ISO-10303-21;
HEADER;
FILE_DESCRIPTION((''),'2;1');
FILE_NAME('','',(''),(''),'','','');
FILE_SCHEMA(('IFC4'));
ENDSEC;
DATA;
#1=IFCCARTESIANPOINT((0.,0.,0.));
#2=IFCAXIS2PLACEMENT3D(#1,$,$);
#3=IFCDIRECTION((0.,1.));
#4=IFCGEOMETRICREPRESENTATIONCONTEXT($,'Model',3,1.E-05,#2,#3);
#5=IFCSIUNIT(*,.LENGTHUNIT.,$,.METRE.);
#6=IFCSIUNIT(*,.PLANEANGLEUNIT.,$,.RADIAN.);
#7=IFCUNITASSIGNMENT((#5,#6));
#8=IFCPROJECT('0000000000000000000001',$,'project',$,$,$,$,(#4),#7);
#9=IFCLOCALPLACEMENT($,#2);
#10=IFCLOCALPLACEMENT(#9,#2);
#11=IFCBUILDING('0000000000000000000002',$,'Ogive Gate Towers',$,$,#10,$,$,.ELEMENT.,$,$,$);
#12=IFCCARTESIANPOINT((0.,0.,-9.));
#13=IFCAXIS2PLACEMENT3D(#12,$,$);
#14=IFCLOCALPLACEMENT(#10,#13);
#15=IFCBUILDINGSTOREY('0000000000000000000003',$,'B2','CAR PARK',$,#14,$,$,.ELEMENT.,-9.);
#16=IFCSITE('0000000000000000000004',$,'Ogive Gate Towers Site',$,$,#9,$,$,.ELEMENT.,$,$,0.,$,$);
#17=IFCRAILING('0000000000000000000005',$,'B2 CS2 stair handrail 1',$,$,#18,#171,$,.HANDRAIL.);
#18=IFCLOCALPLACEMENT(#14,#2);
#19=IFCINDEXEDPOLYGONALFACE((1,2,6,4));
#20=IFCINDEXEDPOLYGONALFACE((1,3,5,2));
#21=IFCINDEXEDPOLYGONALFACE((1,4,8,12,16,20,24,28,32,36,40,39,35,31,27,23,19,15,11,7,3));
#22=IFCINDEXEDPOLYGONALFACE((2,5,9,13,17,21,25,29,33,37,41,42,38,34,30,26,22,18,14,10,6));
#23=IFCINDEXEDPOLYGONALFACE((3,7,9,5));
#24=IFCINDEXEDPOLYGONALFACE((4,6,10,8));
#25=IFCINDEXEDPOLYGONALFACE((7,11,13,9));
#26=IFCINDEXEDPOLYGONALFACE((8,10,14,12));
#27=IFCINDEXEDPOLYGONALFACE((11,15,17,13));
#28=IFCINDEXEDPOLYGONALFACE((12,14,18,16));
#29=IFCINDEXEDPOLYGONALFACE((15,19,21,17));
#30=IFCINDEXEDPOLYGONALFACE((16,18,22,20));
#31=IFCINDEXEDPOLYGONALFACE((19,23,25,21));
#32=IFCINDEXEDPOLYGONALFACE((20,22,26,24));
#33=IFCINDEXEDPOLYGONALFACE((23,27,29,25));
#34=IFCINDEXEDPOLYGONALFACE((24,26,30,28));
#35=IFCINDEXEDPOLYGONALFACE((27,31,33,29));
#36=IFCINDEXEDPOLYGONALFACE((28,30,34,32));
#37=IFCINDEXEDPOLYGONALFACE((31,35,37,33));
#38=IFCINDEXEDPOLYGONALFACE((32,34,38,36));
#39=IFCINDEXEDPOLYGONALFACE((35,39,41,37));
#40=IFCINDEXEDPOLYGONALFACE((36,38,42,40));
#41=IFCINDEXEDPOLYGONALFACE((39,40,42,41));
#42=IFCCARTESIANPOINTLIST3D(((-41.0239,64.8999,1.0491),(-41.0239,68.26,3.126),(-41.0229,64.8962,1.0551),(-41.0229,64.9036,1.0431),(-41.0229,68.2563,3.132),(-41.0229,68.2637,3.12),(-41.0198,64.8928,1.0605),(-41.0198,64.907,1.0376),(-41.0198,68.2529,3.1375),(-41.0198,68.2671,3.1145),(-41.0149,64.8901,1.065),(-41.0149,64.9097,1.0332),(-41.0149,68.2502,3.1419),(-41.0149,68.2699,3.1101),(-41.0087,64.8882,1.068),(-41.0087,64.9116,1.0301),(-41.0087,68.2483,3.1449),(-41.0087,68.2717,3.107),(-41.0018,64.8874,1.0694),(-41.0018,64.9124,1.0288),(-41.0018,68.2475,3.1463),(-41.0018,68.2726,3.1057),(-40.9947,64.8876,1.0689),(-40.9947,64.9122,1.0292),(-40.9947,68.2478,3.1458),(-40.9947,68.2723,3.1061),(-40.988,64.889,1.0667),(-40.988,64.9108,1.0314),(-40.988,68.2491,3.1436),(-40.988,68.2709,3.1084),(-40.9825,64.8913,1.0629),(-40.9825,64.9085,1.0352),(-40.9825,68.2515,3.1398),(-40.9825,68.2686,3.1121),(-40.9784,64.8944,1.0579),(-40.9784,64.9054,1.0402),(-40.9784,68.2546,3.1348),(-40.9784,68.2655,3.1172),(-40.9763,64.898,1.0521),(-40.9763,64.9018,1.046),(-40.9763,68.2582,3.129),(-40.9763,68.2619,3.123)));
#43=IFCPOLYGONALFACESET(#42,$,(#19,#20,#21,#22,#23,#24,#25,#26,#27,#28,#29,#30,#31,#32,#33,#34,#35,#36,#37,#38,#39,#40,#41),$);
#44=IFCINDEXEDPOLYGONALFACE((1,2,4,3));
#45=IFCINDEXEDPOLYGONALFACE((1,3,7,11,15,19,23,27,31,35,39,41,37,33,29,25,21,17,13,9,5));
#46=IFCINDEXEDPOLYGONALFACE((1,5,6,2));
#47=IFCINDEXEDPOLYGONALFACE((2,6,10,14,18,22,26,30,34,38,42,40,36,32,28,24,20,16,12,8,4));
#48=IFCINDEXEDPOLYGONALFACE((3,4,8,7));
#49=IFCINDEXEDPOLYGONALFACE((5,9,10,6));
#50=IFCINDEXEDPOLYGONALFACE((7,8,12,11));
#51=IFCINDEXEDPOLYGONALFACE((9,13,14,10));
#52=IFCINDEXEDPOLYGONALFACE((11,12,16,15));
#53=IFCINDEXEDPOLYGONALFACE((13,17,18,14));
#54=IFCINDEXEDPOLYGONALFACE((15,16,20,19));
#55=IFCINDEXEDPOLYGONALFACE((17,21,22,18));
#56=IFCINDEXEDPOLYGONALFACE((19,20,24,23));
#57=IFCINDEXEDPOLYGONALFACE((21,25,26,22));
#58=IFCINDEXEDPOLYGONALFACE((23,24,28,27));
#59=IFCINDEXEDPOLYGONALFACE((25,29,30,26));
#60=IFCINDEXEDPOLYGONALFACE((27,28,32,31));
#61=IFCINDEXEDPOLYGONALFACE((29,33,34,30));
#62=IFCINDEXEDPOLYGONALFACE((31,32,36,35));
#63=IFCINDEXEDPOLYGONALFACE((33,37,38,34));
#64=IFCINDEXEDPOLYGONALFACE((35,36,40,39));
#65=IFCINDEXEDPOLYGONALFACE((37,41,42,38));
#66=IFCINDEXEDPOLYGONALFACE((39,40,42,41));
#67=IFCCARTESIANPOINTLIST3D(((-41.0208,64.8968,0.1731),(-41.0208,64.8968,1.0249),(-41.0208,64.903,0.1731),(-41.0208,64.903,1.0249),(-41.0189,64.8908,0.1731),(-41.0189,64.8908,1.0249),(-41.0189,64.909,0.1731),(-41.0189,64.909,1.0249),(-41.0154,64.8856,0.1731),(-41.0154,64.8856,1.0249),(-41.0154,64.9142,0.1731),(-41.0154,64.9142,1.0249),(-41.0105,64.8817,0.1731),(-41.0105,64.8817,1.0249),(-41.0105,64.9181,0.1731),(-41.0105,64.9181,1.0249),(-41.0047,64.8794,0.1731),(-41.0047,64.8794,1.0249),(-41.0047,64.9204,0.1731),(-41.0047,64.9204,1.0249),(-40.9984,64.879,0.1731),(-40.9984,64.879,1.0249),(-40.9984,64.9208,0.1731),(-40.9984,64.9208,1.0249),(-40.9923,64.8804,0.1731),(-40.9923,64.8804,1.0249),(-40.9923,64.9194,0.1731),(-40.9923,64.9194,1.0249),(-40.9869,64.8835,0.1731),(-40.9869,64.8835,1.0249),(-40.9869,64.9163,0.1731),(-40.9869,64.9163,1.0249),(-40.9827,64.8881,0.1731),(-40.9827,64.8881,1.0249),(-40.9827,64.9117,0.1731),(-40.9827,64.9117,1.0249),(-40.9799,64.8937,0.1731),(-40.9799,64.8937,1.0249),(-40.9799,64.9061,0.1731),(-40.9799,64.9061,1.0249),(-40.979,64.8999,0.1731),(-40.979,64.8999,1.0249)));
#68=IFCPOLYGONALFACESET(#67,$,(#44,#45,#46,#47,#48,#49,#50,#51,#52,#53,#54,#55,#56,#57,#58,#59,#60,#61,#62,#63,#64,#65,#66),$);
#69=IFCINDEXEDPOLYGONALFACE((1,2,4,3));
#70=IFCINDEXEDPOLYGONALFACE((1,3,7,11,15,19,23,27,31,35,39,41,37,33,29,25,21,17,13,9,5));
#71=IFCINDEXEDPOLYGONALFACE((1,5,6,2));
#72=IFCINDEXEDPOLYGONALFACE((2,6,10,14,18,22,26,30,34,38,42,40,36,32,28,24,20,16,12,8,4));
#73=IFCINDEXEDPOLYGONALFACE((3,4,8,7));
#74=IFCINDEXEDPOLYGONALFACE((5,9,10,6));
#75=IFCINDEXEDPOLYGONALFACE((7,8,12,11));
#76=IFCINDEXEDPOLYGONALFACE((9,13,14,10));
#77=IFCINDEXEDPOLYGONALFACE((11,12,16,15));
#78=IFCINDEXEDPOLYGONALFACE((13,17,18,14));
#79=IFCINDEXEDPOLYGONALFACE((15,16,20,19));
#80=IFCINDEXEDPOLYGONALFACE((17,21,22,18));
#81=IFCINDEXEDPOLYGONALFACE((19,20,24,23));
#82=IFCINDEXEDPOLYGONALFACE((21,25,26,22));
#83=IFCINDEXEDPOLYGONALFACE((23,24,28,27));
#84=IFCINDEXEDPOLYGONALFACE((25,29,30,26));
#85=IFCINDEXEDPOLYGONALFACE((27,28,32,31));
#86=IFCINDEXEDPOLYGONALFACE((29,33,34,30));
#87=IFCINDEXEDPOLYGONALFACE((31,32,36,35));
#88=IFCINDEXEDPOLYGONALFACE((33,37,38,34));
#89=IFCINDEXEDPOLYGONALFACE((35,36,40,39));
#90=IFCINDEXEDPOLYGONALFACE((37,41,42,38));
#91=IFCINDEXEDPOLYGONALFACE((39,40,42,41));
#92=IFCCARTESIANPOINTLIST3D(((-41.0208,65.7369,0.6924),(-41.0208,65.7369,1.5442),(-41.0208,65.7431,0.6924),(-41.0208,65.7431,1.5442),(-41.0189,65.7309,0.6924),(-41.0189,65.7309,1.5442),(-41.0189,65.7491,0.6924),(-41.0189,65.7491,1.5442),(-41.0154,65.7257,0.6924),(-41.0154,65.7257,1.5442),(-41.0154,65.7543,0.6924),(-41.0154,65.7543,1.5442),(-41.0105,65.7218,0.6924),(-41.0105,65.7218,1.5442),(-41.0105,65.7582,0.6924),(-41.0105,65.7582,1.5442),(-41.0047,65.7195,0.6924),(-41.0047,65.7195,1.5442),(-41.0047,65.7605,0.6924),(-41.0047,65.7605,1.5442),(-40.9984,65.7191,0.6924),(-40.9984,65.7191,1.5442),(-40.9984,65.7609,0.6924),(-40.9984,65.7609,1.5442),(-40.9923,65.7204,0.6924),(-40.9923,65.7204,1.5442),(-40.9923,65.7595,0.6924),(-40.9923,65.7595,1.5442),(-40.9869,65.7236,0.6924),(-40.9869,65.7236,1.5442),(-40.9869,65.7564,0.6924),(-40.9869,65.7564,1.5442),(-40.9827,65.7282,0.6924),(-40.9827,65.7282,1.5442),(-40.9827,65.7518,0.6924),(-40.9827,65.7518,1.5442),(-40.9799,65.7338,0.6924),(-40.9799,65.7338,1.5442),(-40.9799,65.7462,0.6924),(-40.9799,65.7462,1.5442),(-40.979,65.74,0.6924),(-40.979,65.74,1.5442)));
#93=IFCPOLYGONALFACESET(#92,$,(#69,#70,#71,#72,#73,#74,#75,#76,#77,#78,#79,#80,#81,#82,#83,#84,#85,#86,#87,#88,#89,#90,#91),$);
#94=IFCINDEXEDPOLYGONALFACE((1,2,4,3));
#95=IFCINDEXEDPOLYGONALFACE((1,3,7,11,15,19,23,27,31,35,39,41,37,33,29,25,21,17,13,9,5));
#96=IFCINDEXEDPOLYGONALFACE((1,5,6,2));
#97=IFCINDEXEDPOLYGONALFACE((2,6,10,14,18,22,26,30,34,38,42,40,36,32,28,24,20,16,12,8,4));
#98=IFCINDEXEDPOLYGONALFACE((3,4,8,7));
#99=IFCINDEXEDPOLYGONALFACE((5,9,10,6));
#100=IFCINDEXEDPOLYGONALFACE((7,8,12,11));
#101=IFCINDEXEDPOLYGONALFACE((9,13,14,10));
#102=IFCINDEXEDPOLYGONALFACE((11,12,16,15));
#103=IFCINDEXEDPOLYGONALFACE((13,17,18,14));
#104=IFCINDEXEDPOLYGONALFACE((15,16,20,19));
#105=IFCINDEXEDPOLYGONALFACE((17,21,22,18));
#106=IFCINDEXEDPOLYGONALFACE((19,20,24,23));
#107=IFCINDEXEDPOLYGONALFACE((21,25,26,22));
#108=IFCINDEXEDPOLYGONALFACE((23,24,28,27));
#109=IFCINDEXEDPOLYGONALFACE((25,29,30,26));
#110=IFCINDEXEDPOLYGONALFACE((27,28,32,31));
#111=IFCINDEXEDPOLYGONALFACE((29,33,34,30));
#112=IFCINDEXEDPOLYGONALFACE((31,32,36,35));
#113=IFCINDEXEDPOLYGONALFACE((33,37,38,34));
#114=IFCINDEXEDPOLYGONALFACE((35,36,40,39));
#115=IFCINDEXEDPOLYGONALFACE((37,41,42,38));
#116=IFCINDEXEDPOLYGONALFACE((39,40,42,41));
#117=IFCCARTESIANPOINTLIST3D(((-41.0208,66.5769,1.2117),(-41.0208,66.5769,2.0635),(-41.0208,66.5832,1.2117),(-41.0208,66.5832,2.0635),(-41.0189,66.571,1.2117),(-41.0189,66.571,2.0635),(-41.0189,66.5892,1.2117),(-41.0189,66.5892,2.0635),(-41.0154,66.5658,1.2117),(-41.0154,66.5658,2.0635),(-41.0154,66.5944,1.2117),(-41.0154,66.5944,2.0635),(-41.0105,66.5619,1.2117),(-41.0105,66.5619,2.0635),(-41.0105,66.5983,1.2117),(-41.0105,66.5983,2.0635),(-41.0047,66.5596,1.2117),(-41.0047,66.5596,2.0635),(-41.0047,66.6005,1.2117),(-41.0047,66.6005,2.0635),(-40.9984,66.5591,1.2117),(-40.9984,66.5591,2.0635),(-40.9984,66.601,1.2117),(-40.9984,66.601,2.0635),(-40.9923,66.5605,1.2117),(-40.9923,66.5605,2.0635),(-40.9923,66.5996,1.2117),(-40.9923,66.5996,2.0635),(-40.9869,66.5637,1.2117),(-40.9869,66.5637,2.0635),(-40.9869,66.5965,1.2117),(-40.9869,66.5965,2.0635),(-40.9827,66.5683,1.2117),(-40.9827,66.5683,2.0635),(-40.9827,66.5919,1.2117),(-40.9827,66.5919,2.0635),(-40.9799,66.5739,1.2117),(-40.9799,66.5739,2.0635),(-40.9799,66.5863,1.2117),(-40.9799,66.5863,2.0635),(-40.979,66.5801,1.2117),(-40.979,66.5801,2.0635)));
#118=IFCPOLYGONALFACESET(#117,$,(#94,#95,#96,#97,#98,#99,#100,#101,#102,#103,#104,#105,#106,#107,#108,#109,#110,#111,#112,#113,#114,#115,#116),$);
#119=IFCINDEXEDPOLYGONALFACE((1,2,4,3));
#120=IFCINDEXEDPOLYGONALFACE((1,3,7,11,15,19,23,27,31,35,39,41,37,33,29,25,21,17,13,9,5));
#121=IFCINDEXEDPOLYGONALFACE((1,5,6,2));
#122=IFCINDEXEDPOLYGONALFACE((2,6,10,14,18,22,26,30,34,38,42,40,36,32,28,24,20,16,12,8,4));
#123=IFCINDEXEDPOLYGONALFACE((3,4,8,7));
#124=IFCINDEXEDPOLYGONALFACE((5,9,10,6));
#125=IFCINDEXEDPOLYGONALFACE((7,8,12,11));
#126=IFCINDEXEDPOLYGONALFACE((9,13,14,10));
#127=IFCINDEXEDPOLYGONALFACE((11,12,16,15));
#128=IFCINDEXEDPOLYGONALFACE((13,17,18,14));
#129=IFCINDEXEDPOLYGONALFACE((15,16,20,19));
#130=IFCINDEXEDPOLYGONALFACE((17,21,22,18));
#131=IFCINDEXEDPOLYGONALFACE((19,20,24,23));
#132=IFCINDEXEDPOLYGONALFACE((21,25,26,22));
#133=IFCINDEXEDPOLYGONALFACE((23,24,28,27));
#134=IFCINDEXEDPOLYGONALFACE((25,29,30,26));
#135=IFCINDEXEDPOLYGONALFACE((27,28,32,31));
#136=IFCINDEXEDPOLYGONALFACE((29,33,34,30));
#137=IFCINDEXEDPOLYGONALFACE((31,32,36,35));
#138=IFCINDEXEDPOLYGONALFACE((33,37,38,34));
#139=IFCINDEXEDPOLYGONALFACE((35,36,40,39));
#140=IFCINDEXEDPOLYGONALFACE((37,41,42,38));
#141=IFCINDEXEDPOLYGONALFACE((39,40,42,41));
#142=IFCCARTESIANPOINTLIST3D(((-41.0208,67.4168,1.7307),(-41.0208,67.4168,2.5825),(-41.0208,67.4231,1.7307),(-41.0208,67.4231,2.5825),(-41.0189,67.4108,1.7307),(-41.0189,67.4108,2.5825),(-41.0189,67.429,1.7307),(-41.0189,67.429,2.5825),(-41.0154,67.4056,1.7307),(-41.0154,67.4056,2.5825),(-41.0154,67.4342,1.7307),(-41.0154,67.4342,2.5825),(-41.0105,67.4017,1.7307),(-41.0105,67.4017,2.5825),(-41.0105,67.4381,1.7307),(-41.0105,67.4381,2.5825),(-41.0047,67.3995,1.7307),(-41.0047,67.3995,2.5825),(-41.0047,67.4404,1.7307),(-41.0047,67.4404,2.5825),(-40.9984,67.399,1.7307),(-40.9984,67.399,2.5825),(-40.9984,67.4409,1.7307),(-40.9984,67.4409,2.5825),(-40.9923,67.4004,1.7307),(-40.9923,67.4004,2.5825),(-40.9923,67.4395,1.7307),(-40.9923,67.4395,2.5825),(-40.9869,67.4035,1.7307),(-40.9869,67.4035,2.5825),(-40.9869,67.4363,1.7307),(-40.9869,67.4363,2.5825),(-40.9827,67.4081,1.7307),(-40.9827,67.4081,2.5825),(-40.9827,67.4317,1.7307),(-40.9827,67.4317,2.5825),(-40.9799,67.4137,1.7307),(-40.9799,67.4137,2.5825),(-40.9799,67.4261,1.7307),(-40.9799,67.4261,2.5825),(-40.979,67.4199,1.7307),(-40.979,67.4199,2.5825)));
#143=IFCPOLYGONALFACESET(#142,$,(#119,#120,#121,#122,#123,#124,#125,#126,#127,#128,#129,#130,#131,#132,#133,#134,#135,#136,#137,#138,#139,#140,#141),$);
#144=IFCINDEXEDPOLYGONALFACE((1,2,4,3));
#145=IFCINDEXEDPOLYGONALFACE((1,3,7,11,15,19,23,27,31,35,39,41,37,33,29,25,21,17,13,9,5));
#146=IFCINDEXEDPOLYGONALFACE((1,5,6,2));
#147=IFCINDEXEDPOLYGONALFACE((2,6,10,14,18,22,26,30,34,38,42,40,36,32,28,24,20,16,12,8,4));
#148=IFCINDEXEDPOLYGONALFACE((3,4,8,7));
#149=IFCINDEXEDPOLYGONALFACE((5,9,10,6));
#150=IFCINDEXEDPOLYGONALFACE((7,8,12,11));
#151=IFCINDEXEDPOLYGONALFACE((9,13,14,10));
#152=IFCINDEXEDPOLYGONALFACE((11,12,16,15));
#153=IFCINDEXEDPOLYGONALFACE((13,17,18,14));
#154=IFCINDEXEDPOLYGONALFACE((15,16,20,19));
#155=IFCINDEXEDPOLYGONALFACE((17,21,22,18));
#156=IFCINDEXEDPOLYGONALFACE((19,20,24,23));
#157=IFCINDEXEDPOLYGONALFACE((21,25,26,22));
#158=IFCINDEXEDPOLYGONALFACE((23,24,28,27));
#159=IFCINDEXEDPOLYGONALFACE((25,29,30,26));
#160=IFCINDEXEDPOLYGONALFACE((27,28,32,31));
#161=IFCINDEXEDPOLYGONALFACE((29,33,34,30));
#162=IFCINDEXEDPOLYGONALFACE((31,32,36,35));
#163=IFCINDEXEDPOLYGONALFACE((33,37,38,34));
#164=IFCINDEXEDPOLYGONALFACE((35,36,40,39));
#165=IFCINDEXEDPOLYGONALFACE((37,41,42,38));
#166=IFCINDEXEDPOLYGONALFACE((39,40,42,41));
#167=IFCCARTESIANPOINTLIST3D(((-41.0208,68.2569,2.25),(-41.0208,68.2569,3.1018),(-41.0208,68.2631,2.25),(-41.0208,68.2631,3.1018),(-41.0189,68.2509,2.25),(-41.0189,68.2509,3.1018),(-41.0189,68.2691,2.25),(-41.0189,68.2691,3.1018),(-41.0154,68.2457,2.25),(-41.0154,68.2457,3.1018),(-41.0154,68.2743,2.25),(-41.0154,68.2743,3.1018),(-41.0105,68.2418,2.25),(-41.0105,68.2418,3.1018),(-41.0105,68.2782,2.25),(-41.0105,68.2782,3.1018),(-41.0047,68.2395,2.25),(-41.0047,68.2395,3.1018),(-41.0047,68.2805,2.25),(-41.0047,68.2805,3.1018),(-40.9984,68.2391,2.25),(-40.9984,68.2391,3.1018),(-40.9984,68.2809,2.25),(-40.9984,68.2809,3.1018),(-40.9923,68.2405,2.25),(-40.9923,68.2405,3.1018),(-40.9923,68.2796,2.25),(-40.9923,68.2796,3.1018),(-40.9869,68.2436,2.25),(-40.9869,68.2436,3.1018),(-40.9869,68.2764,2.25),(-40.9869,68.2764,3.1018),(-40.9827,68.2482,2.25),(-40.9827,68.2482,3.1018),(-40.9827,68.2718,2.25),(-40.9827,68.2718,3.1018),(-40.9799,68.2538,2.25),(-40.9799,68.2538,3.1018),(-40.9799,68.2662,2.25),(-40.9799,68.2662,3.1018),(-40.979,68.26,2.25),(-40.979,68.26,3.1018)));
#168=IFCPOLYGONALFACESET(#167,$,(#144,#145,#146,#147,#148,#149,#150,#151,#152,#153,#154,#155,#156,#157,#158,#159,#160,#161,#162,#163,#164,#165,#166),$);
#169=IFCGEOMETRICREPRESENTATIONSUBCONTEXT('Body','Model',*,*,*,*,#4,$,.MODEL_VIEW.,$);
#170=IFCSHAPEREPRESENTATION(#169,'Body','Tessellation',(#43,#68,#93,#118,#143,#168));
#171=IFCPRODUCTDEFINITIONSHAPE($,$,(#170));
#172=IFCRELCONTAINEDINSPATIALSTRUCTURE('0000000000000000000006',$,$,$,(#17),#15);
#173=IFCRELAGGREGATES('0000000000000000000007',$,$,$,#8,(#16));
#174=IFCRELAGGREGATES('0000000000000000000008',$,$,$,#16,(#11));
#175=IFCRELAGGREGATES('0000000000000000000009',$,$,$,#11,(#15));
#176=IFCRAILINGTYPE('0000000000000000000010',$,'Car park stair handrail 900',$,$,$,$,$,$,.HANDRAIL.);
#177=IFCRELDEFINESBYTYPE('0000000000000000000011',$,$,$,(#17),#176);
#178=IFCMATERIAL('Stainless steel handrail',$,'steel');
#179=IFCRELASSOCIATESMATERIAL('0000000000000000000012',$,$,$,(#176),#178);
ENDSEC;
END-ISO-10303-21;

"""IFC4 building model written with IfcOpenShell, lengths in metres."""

from ifc_helpers import new_model, si_unit, direction, frame, origin, origin_2d, place, context, subcontext, project, spatial, circle, extrude, material, type_object, element, save


model = new_model("IFC4")

# Units and contexts
model_context = context("Model", 3, precision=1e-05, world=origin(), true_north=direction((0.0, 1.0)))
body_context = subcontext(model_context, "Body", "Model", "MODEL_VIEW")
ifc_project = project(units=[si_unit("LENGTHUNIT", "METRE"), si_unit("PLANEANGLEUNIT", "RADIAN")], contexts=[model_context])

# Site, building, storey
site_placement = place(None, origin())
site = spatial("IfcSite", under=ifc_project, at=site_placement, Name="Ogive Gate Towers Site", CompositionType="ELEMENT", RefElevation=0.0)
building_placement = place(site_placement, origin())
building = spatial("IfcBuilding", under=site, at=building_placement, Name="Ogive Gate Towers", CompositionType="ELEMENT")
storey_placement = place(building_placement, frame((0.0, 0.0, -9.0)))
storey = spatial("IfcBuildingStorey", under=building, at=storey_placement, Name="B2", Description="CAR PARK", CompositionType="ELEMENT", Elevation=-9.0)

# Railing
ifc_material_1 = material(Name="Stainless steel handrail", Category="steel")
railing_type_1 = type_object("IfcRailingType", Name="Car park stair handrail 900", PredefinedType="HANDRAIL", material=ifc_material_1)
railing_1_placement = place(storey_placement, frame((-41.0, 64.8999, 0.1731)))
element("IfcRailing", 1, at=railing_1_placement, inside=storey, type_object=railing_type_1, Name="B2 CS2 stair handrail 1", PredefinedType="HANDRAIL", context=body_context, shape_type="SweptSolid", body=[
    extrude(circle(Radius=0.0239, at=origin_2d()), frame((0.0, 0.0, 0.876), z_axis=(0.0, 0.850623, 0.525776), x_axis=(-1.0, 0.0, 0.0)), (0.0, 0.0, 1.0), 3.9502),
    extrude(circle(Radius=0.021, at=origin_2d()), origin(), (0.0, 0.0, 1.0), 0.8518),
    extrude(circle(Radius=0.021, at=origin_2d()), frame((0.0, 0.8401, 0.5193)), (0.0, 0.0, 1.0), 0.8518),
    extrude(circle(Radius=0.021, at=origin_2d()), frame((0.0, 1.6802, 1.0386)), (0.0, 0.0, 1.0), 0.8518),
    extrude(circle(Radius=0.021, at=origin_2d()), frame((0.0, 2.52, 1.5576)), (0.0, 0.0, 1.0), 0.8518),
    extrude(circle(Radius=0.021, at=origin_2d()), frame((0.0, 3.3601, 2.0769)), (0.0, 0.0, 1.0), 0.8518),
])

save(model, "model.ifc")
